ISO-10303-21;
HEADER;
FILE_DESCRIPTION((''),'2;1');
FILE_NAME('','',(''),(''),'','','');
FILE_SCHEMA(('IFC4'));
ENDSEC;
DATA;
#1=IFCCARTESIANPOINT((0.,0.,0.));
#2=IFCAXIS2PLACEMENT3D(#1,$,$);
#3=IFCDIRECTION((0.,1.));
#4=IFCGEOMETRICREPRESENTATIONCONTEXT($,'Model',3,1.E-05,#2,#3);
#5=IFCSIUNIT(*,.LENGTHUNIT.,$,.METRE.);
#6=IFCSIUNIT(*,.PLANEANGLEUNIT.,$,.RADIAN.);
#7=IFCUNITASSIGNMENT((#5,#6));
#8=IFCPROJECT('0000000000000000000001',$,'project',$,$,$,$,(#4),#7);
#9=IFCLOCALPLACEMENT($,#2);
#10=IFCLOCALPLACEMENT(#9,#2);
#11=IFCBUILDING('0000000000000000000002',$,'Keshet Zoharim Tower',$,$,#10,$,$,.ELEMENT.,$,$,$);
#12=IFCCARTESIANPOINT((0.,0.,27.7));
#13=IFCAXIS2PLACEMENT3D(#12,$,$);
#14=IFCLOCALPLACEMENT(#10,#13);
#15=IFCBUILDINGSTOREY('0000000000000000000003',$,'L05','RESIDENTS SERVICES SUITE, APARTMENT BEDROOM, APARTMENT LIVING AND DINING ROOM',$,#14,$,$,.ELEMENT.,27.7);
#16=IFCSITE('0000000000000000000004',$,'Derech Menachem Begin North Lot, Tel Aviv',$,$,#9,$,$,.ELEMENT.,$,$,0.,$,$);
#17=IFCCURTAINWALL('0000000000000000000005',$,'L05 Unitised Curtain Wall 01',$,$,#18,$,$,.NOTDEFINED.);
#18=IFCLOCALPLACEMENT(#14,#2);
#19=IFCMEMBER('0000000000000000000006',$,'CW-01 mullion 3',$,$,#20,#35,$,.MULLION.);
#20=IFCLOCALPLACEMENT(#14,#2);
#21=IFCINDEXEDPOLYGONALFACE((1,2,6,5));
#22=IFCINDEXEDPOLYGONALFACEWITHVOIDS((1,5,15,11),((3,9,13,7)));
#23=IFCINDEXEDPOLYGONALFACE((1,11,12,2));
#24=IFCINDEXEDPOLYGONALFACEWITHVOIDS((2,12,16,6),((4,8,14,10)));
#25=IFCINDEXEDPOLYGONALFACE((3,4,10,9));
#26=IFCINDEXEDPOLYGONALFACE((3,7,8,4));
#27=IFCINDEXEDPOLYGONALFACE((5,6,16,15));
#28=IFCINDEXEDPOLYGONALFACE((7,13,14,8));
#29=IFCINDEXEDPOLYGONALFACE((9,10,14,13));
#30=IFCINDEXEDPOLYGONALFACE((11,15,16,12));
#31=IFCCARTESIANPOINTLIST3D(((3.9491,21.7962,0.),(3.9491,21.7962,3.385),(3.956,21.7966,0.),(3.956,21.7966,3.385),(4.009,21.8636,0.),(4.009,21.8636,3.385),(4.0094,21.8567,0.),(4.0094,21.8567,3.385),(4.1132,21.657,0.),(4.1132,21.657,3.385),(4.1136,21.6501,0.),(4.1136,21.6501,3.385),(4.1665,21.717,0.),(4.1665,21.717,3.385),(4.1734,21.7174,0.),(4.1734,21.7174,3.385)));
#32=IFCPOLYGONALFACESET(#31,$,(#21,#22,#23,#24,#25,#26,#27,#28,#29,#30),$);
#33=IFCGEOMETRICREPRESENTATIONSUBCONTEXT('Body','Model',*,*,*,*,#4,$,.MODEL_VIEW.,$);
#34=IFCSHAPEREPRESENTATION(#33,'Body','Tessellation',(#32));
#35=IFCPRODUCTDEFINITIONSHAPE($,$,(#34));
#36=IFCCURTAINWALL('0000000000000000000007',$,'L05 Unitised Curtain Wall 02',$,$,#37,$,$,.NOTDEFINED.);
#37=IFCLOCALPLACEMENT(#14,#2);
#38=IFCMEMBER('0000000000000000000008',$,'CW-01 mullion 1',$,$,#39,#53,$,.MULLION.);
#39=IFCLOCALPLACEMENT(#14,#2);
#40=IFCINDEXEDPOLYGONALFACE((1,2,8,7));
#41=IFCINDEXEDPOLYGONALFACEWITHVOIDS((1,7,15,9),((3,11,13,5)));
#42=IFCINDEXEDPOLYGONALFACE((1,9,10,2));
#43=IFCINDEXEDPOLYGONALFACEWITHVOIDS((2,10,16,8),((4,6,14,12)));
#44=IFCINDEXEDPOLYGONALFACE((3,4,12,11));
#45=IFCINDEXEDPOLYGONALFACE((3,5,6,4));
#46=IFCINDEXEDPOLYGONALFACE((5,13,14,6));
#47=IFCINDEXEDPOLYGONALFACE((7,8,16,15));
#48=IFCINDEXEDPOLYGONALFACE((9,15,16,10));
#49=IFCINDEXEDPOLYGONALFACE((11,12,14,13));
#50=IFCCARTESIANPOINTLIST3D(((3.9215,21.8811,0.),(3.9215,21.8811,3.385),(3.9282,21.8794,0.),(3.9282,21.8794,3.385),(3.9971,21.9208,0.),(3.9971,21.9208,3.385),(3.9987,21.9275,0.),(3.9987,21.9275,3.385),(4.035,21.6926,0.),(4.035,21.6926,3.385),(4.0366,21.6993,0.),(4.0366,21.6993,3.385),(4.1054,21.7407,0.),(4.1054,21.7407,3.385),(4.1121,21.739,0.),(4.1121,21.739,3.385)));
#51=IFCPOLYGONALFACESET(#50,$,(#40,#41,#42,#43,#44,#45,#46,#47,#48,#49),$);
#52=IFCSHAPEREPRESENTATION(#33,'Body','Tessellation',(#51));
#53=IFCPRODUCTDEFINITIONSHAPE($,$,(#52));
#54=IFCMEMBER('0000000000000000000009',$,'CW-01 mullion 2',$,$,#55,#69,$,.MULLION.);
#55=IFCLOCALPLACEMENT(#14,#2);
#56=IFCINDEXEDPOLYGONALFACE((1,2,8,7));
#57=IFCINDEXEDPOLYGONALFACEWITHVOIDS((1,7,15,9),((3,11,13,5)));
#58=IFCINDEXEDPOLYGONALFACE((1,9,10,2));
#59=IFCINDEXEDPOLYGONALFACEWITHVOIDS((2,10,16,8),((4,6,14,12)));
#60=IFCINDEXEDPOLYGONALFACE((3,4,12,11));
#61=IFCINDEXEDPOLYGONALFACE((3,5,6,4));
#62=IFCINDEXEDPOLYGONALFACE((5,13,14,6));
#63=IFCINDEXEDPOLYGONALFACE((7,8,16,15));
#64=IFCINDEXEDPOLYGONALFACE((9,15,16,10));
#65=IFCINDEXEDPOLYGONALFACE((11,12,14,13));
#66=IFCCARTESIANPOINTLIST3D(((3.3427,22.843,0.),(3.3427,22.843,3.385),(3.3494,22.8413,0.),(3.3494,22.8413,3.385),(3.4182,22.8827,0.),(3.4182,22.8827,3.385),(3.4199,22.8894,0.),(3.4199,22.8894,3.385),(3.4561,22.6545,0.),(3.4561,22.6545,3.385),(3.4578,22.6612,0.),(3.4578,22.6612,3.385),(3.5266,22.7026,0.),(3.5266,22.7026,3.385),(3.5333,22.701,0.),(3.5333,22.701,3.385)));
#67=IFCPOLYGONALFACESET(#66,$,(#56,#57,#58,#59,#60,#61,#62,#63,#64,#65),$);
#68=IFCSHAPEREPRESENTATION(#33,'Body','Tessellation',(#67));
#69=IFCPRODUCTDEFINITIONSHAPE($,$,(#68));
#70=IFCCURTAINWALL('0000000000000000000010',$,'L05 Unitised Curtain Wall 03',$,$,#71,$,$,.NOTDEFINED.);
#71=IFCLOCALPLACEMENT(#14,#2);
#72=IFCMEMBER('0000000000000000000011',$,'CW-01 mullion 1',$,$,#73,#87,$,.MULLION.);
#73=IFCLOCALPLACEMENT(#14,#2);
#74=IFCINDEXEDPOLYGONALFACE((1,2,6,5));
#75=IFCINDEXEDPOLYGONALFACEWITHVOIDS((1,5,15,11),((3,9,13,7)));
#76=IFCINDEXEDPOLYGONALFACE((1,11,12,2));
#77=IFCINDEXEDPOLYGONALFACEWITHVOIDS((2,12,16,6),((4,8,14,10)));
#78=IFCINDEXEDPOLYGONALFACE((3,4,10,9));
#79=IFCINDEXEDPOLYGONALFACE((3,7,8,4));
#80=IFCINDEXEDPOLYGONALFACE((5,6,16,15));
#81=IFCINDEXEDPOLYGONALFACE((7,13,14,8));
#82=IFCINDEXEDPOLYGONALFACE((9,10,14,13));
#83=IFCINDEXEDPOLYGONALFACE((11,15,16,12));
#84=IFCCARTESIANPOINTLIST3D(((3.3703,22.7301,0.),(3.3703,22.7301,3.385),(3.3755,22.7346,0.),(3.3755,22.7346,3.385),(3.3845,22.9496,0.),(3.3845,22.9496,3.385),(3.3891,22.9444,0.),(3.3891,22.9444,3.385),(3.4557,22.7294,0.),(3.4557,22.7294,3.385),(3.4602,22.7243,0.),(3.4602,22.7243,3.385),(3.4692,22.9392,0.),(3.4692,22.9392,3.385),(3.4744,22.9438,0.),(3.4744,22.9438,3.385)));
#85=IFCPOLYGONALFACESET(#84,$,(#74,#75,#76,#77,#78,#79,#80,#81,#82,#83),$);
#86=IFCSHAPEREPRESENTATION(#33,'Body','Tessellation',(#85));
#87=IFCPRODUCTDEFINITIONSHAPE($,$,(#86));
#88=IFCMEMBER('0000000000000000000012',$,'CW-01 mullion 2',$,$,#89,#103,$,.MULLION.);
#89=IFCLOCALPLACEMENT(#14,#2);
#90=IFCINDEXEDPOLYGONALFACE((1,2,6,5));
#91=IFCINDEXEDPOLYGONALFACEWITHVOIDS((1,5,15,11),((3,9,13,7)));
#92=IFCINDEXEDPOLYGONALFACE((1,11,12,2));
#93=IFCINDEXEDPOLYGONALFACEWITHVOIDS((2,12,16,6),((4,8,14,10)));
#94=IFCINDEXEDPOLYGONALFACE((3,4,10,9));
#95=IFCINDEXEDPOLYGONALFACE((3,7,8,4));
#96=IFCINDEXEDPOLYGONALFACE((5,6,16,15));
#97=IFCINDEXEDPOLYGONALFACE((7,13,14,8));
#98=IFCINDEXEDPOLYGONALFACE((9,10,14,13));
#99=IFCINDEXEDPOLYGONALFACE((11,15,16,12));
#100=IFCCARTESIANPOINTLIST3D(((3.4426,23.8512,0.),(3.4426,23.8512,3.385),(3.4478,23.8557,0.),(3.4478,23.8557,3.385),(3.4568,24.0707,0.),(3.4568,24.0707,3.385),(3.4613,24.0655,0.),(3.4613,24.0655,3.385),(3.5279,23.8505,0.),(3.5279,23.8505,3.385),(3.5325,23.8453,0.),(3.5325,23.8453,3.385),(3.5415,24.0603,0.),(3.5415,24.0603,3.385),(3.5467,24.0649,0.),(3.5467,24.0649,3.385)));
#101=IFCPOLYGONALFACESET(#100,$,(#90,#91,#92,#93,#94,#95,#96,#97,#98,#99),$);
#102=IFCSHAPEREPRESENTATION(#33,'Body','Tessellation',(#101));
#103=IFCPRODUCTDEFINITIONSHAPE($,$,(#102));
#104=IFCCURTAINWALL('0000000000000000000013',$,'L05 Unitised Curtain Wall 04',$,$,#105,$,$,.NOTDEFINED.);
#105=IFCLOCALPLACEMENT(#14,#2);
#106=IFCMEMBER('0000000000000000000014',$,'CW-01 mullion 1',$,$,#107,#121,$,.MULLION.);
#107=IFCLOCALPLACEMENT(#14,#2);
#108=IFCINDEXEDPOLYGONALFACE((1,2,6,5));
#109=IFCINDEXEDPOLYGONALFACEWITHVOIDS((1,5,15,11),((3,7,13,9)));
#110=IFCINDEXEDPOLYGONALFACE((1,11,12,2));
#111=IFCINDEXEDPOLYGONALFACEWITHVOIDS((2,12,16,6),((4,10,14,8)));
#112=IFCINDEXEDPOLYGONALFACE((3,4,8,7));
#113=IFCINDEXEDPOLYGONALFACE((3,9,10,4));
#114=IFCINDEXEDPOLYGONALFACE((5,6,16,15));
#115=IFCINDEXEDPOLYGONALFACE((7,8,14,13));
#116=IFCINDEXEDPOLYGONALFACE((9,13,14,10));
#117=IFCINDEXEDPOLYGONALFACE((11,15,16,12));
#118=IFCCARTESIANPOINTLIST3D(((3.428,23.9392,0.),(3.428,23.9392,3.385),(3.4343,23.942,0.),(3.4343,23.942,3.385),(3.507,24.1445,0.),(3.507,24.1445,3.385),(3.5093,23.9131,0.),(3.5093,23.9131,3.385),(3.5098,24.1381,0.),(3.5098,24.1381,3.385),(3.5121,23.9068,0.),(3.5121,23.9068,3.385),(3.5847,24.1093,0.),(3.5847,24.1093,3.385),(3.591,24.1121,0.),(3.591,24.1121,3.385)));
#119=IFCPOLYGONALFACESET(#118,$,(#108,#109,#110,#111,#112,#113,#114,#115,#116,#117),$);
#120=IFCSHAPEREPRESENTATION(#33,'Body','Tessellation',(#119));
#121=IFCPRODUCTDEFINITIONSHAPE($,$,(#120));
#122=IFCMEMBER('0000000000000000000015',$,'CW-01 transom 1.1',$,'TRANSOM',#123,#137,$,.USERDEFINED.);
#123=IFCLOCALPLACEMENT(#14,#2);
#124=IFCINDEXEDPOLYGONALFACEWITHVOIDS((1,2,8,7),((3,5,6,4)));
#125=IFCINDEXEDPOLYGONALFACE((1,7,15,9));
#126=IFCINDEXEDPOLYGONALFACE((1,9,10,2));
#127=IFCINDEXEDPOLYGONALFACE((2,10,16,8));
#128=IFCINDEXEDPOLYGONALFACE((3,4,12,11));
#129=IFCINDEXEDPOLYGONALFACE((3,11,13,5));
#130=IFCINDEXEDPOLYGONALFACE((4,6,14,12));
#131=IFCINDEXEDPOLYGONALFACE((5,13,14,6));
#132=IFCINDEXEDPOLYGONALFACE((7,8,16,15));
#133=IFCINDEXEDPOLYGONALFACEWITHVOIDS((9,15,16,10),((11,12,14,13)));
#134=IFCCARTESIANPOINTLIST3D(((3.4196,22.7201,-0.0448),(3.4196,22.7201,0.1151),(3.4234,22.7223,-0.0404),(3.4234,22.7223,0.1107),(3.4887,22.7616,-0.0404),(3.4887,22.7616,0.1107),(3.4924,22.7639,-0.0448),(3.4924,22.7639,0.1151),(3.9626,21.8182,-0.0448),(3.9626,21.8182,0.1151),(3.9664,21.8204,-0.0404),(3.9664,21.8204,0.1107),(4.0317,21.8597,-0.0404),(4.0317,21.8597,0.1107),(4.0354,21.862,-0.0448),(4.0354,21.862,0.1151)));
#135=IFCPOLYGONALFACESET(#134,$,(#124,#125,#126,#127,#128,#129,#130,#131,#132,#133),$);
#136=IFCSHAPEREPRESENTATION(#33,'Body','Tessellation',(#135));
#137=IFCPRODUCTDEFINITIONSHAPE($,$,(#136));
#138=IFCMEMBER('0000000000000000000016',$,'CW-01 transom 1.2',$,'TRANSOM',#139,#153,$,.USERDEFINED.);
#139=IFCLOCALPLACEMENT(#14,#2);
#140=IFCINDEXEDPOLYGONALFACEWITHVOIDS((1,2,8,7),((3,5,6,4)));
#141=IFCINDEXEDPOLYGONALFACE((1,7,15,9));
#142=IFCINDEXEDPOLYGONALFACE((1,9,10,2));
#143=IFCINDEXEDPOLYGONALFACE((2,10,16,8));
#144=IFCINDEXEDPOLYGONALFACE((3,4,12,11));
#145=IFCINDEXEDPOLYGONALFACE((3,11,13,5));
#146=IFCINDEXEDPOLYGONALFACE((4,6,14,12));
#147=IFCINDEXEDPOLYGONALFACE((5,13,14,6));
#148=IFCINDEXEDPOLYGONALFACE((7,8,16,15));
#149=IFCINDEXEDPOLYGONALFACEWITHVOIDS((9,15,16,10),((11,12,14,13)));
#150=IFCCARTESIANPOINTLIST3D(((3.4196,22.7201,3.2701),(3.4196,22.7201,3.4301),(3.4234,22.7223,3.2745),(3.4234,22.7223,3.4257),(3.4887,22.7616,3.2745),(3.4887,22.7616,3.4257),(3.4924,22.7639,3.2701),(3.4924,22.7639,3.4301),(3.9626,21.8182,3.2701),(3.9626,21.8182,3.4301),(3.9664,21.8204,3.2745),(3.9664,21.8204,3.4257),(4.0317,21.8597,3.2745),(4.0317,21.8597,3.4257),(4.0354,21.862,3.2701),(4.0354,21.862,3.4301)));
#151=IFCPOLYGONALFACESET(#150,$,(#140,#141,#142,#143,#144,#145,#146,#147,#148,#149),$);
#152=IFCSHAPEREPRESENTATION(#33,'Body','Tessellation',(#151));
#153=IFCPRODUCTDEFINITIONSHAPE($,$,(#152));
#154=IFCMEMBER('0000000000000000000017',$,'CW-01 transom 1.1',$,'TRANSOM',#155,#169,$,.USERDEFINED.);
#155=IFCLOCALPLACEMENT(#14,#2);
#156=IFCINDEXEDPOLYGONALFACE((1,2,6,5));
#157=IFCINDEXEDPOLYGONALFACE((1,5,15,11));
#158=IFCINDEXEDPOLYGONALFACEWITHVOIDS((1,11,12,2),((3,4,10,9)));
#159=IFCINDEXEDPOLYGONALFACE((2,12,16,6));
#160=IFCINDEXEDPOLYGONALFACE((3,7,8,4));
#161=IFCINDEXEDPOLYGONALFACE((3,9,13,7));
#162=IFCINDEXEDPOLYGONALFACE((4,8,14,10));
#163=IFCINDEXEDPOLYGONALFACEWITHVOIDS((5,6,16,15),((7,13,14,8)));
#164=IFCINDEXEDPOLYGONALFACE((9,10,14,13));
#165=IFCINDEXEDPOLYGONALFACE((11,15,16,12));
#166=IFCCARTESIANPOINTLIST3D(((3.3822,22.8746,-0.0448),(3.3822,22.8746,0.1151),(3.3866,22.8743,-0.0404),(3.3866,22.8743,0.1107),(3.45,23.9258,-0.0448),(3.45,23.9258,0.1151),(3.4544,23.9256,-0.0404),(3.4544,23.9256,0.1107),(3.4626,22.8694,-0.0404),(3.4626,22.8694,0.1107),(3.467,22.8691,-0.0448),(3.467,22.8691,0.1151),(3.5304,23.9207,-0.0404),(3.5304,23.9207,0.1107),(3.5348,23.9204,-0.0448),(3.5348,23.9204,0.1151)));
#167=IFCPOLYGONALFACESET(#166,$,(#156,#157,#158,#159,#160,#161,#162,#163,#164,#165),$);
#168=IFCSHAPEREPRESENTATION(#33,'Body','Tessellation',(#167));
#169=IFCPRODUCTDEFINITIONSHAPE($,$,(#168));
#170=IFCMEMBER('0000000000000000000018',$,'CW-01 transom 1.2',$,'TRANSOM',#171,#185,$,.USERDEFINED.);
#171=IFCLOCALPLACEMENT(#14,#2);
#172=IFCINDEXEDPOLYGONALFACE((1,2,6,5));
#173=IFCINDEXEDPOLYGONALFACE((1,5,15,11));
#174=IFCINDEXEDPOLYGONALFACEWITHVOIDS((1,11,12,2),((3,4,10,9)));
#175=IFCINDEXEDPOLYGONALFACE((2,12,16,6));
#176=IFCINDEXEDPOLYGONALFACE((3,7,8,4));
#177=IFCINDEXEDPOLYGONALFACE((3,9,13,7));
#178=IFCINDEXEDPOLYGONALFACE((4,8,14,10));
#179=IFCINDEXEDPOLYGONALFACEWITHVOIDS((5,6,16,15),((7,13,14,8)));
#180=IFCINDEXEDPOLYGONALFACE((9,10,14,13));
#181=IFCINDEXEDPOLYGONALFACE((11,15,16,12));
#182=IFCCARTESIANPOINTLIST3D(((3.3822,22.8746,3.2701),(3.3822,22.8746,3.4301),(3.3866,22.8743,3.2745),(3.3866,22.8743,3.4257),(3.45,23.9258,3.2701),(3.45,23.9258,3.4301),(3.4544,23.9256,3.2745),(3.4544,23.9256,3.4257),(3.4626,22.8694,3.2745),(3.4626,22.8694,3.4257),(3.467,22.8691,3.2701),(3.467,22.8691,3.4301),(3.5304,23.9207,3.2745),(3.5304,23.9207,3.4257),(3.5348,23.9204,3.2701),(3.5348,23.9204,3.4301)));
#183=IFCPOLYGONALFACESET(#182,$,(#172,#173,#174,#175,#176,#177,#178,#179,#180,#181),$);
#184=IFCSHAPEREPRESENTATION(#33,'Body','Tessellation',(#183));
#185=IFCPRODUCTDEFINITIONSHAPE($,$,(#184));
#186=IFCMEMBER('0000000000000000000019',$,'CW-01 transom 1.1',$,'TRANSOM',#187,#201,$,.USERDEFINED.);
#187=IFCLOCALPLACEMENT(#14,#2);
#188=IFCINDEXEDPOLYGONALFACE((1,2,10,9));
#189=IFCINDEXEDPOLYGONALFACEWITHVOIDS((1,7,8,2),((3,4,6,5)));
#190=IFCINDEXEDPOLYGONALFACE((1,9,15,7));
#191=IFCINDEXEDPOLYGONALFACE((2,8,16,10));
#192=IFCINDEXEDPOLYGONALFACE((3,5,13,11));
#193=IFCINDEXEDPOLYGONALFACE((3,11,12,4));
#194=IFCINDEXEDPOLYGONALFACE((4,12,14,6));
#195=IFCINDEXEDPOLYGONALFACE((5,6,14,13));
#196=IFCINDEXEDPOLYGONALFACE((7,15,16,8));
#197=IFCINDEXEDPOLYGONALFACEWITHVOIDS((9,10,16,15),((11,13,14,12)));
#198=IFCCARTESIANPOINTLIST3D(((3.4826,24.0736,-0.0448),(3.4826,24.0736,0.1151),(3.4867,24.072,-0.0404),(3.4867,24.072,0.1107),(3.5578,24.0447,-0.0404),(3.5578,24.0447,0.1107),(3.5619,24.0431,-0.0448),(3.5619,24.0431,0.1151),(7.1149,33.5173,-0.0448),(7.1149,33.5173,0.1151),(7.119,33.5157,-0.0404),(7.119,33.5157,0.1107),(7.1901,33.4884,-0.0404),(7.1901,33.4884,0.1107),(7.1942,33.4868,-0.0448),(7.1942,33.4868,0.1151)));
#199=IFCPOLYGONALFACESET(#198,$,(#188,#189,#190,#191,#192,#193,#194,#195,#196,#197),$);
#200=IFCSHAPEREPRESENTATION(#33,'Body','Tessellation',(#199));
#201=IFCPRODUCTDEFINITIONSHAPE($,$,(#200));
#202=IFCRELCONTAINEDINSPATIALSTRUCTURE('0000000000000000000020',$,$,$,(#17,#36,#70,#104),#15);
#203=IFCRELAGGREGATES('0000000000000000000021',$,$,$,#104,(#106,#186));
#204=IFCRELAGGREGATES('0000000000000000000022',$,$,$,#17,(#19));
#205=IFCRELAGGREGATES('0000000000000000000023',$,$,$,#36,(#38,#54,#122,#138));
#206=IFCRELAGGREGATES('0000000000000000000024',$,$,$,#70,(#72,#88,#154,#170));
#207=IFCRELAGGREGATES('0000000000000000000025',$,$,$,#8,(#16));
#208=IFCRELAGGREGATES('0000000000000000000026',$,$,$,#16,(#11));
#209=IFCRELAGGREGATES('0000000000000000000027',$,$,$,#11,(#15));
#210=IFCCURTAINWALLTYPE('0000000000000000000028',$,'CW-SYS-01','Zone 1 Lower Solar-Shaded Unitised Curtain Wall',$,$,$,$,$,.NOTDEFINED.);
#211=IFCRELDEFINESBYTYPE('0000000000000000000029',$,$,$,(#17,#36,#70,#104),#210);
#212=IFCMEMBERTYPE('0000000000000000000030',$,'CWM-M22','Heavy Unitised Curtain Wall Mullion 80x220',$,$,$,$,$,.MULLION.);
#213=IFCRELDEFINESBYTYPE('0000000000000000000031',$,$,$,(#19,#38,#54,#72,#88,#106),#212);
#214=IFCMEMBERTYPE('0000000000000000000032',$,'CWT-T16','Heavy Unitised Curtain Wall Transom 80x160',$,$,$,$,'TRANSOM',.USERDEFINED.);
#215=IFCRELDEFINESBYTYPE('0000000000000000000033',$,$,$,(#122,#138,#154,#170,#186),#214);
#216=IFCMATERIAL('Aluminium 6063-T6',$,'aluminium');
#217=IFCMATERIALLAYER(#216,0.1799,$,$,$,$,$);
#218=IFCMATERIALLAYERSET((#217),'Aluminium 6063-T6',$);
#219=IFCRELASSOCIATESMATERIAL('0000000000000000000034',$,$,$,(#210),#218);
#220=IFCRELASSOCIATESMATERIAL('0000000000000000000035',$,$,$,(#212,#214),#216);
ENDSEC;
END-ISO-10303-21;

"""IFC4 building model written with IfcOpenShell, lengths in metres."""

from ifc_helpers import new_model, si_unit, direction, frame, origin, origin_2d, place, context, subcontext, project, spatial, hollow_rectangle, extrude, material, layer, layer_set, material_profile, profile_set, type_object, element, aggregate, save


model = new_model("IFC4")

# Units and contexts
model_context = context("Model", 3, precision=1e-05, world=origin(), true_north=direction((0.0, 1.0)))
body_context = subcontext(model_context, "Body", "Model", "MODEL_VIEW")
ifc_project = project(units=[si_unit("LENGTHUNIT", "METRE"), si_unit("PLANEANGLEUNIT", "RADIAN")], contexts=[model_context])

# Site, building, storey
site_placement = place(None, origin())
site = spatial("IfcSite", under=ifc_project, at=site_placement, Name="Derech Menachem Begin North Lot, Tel Aviv", CompositionType="ELEMENT", RefElevation=0.0)
building_placement = place(site_placement, origin())
building = spatial("IfcBuilding", under=site, at=building_placement, Name="Keshet Zoharim Tower", CompositionType="ELEMENT")
storey_placement = place(building_placement, frame((0.0, 0.0, 27.7)))
storey = spatial("IfcBuildingStorey", under=building, at=storey_placement, Name="L05", Description="RESIDENTS SERVICES SUITE, APARTMENT BEDROOM, APARTMENT LIVING AND DINING ROOM", CompositionType="ELEMENT", Elevation=27.7)

# Curtain wall, member
ifc_material_1 = material(Name="Aluminium 6063-T6", Category="aluminium")
ifc_layer_1 = layer(ifc_material_1, 0.1799)
ifc_layer_set_1 = layer_set([ifc_layer_1], Name="Aluminium 6063-T6")
curtain_wall_type = type_object("IfcCurtainWallType", Name="CW-SYS-01", Description="Zone 1 Lower Solar-Shaded Unitised Curtain Wall", PredefinedType="NOTDEFINED", material=ifc_layer_set_1)
curtain_wall_1_placement = place(storey_placement, origin())
curtain_wall_1 = element("IfcCurtainWall", 1, at=curtain_wall_1_placement, inside=storey, type_object=curtain_wall_type, Name="L05 Unitised Curtain Wall 01", PredefinedType="NOTDEFINED")
ifc_material_profile_1 = material_profile(ifc_material_1, hollow_rectangle(XDim=0.0901, YDim=0.22, WallThickness=0.0049, at=origin_2d()), Name="MUL-90x220")
ifc_profile_set_1 = profile_set([ifc_material_profile_1], Name="Aluminium 6063-T6")
member_type_1 = type_object("IfcMemberType", Name="CWM-M22", Description="Heavy Unitised Curtain Wall Mullion 80x220", PredefinedType="MULLION", material=ifc_profile_set_1)
member_1_placement = place(storey_placement, frame((4.0613, 21.7568, 0.0), z_axis=(0.0, 0.0, 1.0), x_axis=(-0.664364, -0.747409, 0.0)))
member_1 = element("IfcMember", 2, at=member_1_placement, type_object=member_type_1, Name="CW-01 mullion 3", PredefinedType="MULLION", context=body_context, shape_type="SweptSolid", body=[
    extrude(hollow_rectangle(XDim=0.0901, YDim=0.22, WallThickness=0.0049, at=origin_2d()), origin(), (0.0, 0.0, 1.0), 3.385),
])

# Curtain walls, members
curtain_wall_2_placement = place(storey_placement, origin())
curtain_wall_2 = element("IfcCurtainWall", 3, at=curtain_wall_2_placement, inside=storey, type_object=curtain_wall_type, Name="L05 Unitised Curtain Wall 02", PredefinedType="NOTDEFINED")
member_2_placement = place(storey_placement, frame((4.0168, 21.8101, 0.0), z_axis=(0.0, 0.0, 1.0), x_axis=(-0.856826, -0.515605, 0.0)))
member_2 = element("IfcMember", 4, at=member_2_placement, type_object=member_type_1, Name="CW-01 mullion 1", PredefinedType="MULLION", context=body_context, shape_type="SweptSolid", body=[
    extrude(hollow_rectangle(XDim=0.0901, YDim=0.22, WallThickness=0.0049, at=origin_2d()), origin(), (0.0, 0.0, 1.0), 3.385),
])
member_3_placement = place(storey_placement, frame((3.438, 22.772, 0.0), z_axis=(0.0, 0.0, 1.0), x_axis=(-0.856826, -0.515605, 0.0)))
member_3 = element("IfcMember", 5, at=member_3_placement, type_object=member_type_1, Name="CW-01 mullion 2", PredefinedType="MULLION", context=body_context, shape_type="SweptSolid", body=[
    extrude(hollow_rectangle(XDim=0.0901, YDim=0.22, WallThickness=0.0049, at=origin_2d()), origin(), (0.0, 0.0, 1.0), 3.385),
])
curtain_wall_3_placement = place(storey_placement, origin())
curtain_wall_3 = element("IfcCurtainWall", 6, at=curtain_wall_3_placement, inside=storey, type_object=curtain_wall_type, Name="L05 Unitised Curtain Wall 03", PredefinedType="NOTDEFINED")
member_4_placement = place(storey_placement, frame((3.4224, 22.8369, 0.0), z_axis=(0.0, 0.0, 1.0), x_axis=(-0.997917, 0.064517, 0.0)))
member_4 = element("IfcMember", 7, at=member_4_placement, type_object=member_type_1, Name="CW-01 mullion 1", PredefinedType="MULLION", context=body_context, shape_type="SweptSolid", body=[
    extrude(hollow_rectangle(XDim=0.0901, YDim=0.22, WallThickness=0.0049, at=origin_2d()), origin(), (0.0, 0.0, 1.0), 3.385),
])
member_5_placement = place(storey_placement, frame((3.4946, 23.958, 0.0), z_axis=(0.0, 0.0, 1.0), x_axis=(-0.997917, 0.064517, 0.0)))
member_5 = element("IfcMember", 8, at=member_5_placement, type_object=member_type_1, Name="CW-01 mullion 2", PredefinedType="MULLION", context=body_context, shape_type="SweptSolid", body=[
    extrude(hollow_rectangle(XDim=0.0901, YDim=0.22, WallThickness=0.0049, at=origin_2d()), origin(), (0.0, 0.0, 1.0), 3.385),
])

# Curtain wall, member
curtain_wall_4_placement = place(storey_placement, origin())
curtain_wall_4 = element("IfcCurtainWall", 9, at=curtain_wall_4_placement, inside=storey, type_object=curtain_wall_type, Name="L05 Unitised Curtain Wall 04", PredefinedType="NOTDEFINED")
member_6_placement = place(storey_placement, frame((3.5095, 24.0256, 0.0), z_axis=(0.0, 0.0, 1.0), x_axis=(-0.933341, 0.35899, 0.0)))
member_6 = element("IfcMember", 10, at=member_6_placement, type_object=member_type_1, Name="CW-01 mullion 1", PredefinedType="MULLION", context=body_context, shape_type="SweptSolid", body=[
    extrude(hollow_rectangle(XDim=0.0901, YDim=0.22, WallThickness=0.0049, at=origin_2d()), origin(), (0.0, 0.0, 1.0), 3.385),
])

# Members
ifc_material_profile_2 = material_profile(ifc_material_1, hollow_rectangle(XDim=0.085, YDim=0.1599, WallThickness=0.0044, at=origin_2d()), Name="TRN-85x160")
ifc_profile_set_2 = profile_set([ifc_material_profile_2], Name="Aluminium 6063-T6")
member_type_2 = type_object("IfcMemberType", Name="CWT-T16", Description="Heavy Unitised Curtain Wall Transom 80x160", ElementType="TRANSOM", PredefinedType="USERDEFINED", material=ifc_profile_set_2)
member_7_placement = place(storey_placement, frame((3.999, 21.8401, 0.0352), z_axis=(-0.515791, 0.856714, 0.0), x_axis=(-0.856714, -0.515791, 0.0)))
member_7 = element("IfcMember", 11, at=member_7_placement, type_object=member_type_2, Name="CW-01 transom 1.1", ObjectType="TRANSOM", PredefinedType="USERDEFINED", context=body_context, shape_type="SweptSolid", body=[
    extrude(hollow_rectangle(XDim=0.085, YDim=0.1599, WallThickness=0.0044, at=origin_2d()), origin(), (0.0, 0.0, 1.0), 1.0527),
])
member_8_placement = place(storey_placement, frame((3.999, 21.8401, 3.3501), z_axis=(-0.515791, 0.856714, 0.0), x_axis=(-0.856714, -0.515791, 0.0)))
member_8 = element("IfcMember", 12, at=member_8_placement, type_object=member_type_2, Name="CW-01 transom 1.2", ObjectType="TRANSOM", PredefinedType="USERDEFINED", context=body_context, shape_type="SweptSolid", body=[
    extrude(hollow_rectangle(XDim=0.085, YDim=0.1599, WallThickness=0.0044, at=origin_2d()), origin(), (0.0, 0.0, 1.0), 1.0527),
])
member_9_placement = place(storey_placement, frame((3.4246, 22.8718, 0.0352), z_axis=(0.064427, 0.997922, 0.0), x_axis=(-0.997922, 0.064427, 0.0)))
member_9 = element("IfcMember", 13, at=member_9_placement, type_object=member_type_2, Name="CW-01 transom 1.1", ObjectType="TRANSOM", PredefinedType="USERDEFINED", context=body_context, shape_type="SweptSolid", body=[
    extrude(hollow_rectangle(XDim=0.085, YDim=0.1599, WallThickness=0.0044, at=origin_2d()), origin(), (0.0, 0.0, 1.0), 1.0535),
])
member_10_placement = place(storey_placement, frame((3.4246, 22.8718, 3.3501), z_axis=(0.064427, 0.997922, 0.0), x_axis=(-0.997922, 0.064427, 0.0)))
member_10 = element("IfcMember", 14, at=member_10_placement, type_object=member_type_2, Name="CW-01 transom 1.2", ObjectType="TRANSOM", PredefinedType="USERDEFINED", context=body_context, shape_type="SweptSolid", body=[
    extrude(hollow_rectangle(XDim=0.085, YDim=0.1599, WallThickness=0.0044, at=origin_2d()), origin(), (0.0, 0.0, 1.0), 1.0535),
])
member_11_placement = place(storey_placement, frame((3.5222, 24.0583, 0.0352), z_axis=(0.358994, 0.93334, 0.0), x_axis=(-0.93334, 0.358994, 0.0)))
member_11 = element("IfcMember", 15, at=member_11_placement, type_object=member_type_2, Name="CW-01 transom 1.1", ObjectType="TRANSOM", PredefinedType="USERDEFINED", context=body_context, shape_type="SweptSolid", body=[
    extrude(hollow_rectangle(XDim=0.085, YDim=0.1599, WallThickness=0.0044, at=origin_2d()), origin(), (0.0, 0.0, 1.0), 10.1182),
])
aggregate(curtain_wall_4, [member_6, member_11])

aggregate(curtain_wall_1, [member_1])
aggregate(curtain_wall_2, [member_2, member_3, member_7, member_8])
aggregate(curtain_wall_3, [member_4, member_5, member_9, member_10])

save(model, "model.ifc")
